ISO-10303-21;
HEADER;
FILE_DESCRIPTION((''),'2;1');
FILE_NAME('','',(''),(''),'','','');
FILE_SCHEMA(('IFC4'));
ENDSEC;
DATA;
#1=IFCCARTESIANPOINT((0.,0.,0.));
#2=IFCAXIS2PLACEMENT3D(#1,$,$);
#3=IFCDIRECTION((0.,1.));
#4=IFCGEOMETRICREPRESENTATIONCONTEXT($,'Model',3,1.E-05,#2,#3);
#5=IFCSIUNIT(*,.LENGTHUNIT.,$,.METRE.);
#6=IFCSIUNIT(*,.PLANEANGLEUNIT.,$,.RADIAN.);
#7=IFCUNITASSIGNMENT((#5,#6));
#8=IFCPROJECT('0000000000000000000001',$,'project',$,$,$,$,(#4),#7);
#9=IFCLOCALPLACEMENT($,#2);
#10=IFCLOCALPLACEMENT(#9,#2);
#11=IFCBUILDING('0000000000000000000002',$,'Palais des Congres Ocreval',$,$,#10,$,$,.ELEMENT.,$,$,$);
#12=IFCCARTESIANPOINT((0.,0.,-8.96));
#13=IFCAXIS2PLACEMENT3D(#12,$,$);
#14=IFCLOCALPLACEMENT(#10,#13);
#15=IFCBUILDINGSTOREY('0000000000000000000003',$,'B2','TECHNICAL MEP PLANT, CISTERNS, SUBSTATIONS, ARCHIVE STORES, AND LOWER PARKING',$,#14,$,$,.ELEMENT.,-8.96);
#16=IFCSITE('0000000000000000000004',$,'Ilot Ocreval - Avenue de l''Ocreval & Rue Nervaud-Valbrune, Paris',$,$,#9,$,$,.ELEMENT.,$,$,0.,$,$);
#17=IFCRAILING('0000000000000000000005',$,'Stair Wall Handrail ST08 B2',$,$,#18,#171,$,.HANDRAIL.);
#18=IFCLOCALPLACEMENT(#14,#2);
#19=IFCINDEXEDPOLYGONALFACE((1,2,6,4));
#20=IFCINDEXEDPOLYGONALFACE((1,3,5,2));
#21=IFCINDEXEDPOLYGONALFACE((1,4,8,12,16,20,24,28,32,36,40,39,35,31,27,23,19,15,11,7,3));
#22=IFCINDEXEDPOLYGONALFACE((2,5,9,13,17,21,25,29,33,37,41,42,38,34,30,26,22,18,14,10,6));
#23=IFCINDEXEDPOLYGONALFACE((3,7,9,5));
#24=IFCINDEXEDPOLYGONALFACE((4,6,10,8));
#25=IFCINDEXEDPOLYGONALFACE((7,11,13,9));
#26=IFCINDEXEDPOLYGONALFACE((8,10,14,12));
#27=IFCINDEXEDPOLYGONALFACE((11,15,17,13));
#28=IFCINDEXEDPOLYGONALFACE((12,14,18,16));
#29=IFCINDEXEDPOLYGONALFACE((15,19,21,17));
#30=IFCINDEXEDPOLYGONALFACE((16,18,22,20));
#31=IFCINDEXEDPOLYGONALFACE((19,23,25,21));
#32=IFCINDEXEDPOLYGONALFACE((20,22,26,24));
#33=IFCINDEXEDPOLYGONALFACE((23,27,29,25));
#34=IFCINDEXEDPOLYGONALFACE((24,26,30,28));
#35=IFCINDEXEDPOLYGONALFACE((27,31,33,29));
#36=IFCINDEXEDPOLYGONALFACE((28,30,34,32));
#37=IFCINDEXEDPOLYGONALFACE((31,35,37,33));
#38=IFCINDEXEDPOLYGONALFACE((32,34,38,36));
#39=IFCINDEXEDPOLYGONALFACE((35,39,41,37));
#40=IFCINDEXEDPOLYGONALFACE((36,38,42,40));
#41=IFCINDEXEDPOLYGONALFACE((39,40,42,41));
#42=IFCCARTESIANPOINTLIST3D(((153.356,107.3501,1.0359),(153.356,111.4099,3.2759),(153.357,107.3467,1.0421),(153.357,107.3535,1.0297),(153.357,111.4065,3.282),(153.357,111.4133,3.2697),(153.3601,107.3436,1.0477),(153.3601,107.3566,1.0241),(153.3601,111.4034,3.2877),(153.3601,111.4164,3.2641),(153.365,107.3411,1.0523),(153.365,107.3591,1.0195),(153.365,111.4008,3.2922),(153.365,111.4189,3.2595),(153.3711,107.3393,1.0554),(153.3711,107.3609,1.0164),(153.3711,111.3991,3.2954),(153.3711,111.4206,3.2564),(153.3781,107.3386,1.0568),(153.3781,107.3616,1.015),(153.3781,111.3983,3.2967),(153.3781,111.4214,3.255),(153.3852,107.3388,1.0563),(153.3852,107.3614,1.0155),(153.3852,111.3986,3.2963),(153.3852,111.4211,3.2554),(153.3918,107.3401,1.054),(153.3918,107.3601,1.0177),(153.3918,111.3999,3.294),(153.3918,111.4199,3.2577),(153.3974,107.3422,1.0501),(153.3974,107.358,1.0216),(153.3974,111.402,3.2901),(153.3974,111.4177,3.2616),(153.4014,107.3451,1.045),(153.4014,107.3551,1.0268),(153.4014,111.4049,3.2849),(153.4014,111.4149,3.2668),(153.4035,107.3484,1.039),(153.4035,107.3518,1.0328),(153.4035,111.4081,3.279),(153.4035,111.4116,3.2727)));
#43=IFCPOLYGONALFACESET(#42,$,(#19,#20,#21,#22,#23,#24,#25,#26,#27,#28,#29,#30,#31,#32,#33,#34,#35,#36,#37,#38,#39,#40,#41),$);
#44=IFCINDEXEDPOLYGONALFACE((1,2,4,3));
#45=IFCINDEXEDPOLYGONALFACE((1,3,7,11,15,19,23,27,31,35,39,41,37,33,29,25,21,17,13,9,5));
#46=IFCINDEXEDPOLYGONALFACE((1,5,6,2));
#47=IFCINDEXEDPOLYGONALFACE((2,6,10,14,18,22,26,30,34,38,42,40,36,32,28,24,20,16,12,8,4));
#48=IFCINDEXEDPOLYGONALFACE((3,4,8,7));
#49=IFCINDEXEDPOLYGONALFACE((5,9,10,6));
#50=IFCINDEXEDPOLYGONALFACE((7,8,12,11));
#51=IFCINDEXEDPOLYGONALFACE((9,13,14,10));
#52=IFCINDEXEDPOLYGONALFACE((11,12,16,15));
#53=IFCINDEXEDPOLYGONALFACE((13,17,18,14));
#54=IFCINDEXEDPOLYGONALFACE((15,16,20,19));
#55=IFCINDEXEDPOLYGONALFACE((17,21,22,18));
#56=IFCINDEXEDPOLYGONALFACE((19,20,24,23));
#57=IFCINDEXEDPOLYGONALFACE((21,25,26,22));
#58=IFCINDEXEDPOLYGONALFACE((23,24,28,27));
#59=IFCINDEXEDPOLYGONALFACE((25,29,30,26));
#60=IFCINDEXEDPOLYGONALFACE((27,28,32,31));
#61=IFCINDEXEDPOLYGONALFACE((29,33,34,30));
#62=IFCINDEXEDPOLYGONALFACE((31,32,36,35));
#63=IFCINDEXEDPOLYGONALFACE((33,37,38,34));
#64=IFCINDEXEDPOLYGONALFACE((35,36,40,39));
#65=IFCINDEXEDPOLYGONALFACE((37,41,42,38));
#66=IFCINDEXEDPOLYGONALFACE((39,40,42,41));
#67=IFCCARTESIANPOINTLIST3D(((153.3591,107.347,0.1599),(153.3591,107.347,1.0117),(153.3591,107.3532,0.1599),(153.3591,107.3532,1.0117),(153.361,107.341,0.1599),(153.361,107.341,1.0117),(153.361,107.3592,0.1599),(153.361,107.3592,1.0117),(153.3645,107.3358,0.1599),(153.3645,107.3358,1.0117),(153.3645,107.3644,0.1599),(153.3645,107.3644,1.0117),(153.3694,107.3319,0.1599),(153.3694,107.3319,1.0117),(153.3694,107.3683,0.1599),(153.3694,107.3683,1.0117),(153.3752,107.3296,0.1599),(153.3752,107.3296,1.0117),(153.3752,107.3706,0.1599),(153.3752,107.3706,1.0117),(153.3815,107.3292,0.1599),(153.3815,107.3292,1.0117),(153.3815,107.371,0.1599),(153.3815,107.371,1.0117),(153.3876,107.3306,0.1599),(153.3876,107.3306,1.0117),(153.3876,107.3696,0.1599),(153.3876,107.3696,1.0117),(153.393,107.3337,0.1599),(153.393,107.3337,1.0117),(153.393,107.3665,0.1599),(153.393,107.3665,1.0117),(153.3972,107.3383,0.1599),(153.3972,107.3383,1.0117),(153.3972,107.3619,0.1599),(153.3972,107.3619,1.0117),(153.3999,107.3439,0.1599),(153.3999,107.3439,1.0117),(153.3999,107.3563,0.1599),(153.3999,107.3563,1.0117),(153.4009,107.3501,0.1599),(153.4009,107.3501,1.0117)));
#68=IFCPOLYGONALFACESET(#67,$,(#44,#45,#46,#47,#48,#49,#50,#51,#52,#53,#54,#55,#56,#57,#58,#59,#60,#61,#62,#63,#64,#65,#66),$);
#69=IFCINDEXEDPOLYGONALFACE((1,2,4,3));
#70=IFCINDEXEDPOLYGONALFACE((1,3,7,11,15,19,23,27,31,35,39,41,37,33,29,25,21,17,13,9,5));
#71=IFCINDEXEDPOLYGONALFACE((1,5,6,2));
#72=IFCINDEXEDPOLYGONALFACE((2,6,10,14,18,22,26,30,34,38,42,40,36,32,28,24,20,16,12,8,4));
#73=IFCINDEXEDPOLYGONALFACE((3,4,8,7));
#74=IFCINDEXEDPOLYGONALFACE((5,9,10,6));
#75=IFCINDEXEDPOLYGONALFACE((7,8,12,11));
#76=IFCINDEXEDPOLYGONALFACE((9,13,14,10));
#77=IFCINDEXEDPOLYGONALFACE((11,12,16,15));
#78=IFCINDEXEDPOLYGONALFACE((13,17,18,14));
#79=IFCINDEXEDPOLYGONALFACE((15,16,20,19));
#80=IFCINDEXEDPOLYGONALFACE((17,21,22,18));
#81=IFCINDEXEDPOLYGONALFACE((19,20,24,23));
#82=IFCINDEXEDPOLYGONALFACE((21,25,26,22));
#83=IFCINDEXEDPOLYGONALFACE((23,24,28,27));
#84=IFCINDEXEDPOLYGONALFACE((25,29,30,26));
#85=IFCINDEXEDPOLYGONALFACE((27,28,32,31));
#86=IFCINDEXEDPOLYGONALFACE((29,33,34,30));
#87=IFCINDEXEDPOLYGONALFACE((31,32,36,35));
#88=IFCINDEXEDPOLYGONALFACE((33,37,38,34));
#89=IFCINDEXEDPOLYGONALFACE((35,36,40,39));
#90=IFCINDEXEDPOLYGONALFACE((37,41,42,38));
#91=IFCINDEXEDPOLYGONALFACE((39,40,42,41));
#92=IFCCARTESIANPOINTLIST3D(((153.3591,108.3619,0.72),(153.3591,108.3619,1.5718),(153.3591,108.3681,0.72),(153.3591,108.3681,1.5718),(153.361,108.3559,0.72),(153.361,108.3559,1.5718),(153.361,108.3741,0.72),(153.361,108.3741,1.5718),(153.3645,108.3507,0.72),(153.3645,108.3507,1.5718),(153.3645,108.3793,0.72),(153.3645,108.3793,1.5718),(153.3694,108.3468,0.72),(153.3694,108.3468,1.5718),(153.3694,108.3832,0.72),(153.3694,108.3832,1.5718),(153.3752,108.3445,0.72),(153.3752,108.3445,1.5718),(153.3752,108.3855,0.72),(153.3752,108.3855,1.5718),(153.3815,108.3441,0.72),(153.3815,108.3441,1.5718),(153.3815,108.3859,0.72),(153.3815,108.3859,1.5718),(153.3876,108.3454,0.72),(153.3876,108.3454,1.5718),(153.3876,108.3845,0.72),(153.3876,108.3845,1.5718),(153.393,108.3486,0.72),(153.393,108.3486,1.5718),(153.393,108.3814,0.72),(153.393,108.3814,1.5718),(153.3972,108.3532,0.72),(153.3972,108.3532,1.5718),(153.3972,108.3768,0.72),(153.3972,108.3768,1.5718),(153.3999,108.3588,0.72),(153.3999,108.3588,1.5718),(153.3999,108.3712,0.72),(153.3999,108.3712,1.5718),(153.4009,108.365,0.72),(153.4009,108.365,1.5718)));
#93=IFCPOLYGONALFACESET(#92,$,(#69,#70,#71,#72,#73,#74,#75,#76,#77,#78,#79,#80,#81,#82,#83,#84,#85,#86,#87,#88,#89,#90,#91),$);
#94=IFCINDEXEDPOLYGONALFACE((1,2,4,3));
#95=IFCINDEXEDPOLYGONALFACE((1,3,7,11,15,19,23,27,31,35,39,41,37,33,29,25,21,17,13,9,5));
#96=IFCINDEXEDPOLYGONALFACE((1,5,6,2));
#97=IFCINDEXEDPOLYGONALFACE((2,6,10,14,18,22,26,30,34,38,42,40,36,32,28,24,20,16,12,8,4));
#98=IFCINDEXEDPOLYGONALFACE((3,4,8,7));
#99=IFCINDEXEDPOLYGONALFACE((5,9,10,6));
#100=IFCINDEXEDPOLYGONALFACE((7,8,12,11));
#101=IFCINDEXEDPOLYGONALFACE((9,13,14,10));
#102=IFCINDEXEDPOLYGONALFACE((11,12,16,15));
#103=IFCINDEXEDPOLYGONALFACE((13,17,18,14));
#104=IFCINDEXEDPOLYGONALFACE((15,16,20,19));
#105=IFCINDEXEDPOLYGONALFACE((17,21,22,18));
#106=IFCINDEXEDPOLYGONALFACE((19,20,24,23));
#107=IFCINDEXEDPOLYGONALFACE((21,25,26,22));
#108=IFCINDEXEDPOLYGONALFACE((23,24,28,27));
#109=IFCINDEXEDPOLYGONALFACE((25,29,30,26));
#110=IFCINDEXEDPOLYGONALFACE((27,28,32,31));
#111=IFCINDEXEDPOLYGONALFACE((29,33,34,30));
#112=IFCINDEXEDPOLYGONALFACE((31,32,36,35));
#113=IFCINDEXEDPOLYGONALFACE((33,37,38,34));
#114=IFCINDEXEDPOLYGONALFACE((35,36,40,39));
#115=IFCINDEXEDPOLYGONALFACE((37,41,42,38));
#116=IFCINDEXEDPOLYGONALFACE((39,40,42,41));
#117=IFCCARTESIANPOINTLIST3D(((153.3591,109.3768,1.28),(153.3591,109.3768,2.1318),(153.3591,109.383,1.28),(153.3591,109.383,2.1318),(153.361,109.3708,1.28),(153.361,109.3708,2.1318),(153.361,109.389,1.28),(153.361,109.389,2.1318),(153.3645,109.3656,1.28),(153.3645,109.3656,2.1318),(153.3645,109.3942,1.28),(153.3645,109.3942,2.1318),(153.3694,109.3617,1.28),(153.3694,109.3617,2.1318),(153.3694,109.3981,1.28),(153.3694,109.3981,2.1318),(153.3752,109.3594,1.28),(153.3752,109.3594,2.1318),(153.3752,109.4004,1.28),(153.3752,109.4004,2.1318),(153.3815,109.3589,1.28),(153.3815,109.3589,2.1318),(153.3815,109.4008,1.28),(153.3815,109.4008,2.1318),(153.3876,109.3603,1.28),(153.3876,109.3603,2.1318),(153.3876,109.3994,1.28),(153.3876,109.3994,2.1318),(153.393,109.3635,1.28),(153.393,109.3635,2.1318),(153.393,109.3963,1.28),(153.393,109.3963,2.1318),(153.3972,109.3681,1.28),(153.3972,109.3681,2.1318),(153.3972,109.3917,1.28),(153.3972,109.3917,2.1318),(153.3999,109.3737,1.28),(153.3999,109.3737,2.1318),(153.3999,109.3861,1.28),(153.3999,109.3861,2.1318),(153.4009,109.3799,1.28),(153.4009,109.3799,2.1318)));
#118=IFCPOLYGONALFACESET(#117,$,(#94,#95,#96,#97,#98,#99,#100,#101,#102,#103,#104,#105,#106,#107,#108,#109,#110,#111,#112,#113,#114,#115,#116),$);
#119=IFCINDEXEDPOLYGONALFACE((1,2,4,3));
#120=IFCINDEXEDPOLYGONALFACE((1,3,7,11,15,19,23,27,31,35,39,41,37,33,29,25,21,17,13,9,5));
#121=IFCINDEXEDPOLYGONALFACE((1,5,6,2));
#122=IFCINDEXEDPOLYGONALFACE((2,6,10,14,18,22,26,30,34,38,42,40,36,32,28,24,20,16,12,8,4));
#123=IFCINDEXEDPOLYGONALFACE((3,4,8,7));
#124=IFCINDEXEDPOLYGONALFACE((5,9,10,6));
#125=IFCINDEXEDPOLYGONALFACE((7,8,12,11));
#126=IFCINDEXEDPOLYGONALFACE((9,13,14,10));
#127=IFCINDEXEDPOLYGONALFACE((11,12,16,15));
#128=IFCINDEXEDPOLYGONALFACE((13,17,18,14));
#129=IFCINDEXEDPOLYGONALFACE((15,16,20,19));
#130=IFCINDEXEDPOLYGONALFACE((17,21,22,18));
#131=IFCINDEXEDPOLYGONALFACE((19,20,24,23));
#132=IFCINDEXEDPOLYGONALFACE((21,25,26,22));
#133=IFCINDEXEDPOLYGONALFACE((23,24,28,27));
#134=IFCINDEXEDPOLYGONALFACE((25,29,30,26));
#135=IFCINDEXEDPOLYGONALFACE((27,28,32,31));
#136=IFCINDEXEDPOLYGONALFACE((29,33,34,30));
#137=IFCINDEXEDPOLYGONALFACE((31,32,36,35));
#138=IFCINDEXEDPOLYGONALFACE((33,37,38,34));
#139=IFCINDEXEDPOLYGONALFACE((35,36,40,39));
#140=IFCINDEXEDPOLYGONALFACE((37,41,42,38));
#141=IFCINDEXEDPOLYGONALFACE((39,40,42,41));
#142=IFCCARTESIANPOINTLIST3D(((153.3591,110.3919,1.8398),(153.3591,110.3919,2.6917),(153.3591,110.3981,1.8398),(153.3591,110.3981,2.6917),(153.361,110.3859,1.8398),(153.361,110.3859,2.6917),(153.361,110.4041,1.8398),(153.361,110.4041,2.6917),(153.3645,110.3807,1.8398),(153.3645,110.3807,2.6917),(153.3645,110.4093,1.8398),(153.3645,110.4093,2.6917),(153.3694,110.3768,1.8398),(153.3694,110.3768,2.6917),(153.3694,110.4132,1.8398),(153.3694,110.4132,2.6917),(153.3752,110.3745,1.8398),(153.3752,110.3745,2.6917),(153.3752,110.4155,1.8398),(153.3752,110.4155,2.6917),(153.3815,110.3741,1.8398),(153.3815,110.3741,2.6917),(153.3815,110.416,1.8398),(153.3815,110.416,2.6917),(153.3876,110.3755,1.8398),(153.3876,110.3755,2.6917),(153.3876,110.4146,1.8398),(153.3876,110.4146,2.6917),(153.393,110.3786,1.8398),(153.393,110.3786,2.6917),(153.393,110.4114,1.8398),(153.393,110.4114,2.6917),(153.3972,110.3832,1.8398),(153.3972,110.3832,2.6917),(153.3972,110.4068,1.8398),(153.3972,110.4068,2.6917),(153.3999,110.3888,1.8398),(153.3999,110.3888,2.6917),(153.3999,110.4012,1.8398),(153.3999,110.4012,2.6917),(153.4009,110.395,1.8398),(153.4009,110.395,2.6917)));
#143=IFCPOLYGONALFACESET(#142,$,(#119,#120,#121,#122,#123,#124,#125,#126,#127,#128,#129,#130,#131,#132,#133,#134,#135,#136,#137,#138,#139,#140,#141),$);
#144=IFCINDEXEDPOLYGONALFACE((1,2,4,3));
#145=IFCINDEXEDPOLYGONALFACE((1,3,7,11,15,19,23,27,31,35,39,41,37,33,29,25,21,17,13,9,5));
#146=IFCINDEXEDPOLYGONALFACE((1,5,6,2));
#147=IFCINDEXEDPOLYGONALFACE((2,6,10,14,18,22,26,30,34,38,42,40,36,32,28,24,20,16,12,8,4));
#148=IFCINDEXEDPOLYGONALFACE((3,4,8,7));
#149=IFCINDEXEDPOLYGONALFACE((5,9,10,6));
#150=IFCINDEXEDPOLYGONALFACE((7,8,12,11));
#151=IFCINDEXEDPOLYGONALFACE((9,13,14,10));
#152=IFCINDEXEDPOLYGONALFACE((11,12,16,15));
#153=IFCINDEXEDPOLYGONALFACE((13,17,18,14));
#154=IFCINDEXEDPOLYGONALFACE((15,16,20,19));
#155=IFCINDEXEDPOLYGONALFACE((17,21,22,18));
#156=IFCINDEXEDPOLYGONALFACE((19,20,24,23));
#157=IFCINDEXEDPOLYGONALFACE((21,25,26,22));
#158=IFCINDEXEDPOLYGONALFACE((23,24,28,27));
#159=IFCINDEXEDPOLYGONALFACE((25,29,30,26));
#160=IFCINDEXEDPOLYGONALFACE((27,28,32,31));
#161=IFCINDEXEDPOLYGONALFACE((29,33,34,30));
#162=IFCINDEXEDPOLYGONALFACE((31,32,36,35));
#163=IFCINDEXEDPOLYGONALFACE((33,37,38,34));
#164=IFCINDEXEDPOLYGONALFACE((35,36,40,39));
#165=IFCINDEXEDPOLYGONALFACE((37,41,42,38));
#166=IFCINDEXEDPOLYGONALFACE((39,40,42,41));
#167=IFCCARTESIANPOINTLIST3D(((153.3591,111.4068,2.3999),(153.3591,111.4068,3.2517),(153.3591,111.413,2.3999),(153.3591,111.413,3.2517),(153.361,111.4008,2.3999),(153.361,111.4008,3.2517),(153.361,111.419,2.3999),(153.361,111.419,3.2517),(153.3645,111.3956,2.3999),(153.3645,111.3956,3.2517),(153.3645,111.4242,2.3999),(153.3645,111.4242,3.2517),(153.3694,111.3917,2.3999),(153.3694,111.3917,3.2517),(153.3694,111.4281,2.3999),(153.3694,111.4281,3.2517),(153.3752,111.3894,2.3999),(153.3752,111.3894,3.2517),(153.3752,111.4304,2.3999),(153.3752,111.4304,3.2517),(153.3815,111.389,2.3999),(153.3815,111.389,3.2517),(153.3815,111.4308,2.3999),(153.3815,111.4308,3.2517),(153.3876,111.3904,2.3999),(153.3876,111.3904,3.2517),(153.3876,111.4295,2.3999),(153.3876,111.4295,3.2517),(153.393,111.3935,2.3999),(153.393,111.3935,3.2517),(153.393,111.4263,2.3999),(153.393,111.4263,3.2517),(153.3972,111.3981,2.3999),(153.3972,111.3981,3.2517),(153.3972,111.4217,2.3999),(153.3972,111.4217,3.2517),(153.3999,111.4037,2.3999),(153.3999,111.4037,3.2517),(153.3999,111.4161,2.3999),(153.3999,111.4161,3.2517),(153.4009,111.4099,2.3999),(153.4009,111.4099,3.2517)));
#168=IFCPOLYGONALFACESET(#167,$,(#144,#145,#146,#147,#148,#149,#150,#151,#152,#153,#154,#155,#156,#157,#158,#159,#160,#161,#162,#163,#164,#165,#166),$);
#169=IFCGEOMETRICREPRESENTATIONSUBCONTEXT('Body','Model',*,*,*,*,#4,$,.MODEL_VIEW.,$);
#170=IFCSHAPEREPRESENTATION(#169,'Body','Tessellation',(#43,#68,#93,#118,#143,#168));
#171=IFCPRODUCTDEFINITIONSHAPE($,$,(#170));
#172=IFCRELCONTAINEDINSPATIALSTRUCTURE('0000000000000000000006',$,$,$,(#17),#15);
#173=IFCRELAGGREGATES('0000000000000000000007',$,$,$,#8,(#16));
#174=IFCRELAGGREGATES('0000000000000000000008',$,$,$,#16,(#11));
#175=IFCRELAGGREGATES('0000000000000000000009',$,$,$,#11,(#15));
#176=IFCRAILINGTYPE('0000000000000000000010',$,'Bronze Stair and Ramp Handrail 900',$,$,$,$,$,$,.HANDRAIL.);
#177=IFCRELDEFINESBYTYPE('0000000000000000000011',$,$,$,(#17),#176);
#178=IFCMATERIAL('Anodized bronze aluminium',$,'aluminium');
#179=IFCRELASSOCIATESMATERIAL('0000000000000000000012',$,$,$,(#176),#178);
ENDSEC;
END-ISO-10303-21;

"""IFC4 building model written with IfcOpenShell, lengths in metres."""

from ifc_helpers import new_model, si_unit, direction, frame, origin, origin_2d, place, context, subcontext, project, spatial, circle, extrude, material, type_object, element, save


model = new_model("IFC4")

# Units and contexts
model_context = context("Model", 3, precision=1e-05, world=origin(), true_north=direction((0.0, 1.0)))
body_context = subcontext(model_context, "Body", "Model", "MODEL_VIEW")
ifc_project = project(units=[si_unit("LENGTHUNIT", "METRE"), si_unit("PLANEANGLEUNIT", "RADIAN")], contexts=[model_context])

# Site, building, storey
site_placement = place(None, origin())
site = spatial("IfcSite", under=ifc_project, at=site_placement, Name="Ilot Ocreval - Avenue de l'Ocreval & Rue Nervaud-Valbrune, Paris", CompositionType="ELEMENT", RefElevation=0.0)
building_placement = place(site_placement, origin())
building = spatial("IfcBuilding", under=site, at=building_placement, Name="Palais des Congres Ocreval", CompositionType="ELEMENT")
storey_placement = place(building_placement, frame((0.0, 0.0, -8.96)))
storey = spatial("IfcBuildingStorey", under=building, at=storey_placement, Name="B2", Description="TECHNICAL MEP PLANT, CISTERNS, SUBSTATIONS, ARCHIVE STORES, AND LOWER PARKING", CompositionType="ELEMENT", Elevation=-8.96)

# Railing
ifc_material_1 = material(Name="Anodized bronze aluminium", Category="aluminium")
railing_type_1 = type_object("IfcRailingType", Name="Bronze Stair and Ramp Handrail 900", PredefinedType="HANDRAIL", material=ifc_material_1)
railing_1_placement = place(storey_placement, frame((153.3799, 107.3501, 0.1599)))
element("IfcRailing", 1, at=railing_1_placement, inside=storey, type_object=railing_type_1, Name="Stair Wall Handrail ST08 B2", PredefinedType="HANDRAIL", context=body_context, shape_type="SweptSolid", body=[
    extrude(circle(Radius=0.0239, at=origin_2d()), frame((0.0, 0.0, 0.876), z_axis=(0.0, 0.875569, 0.483093), x_axis=(-1.0, 0.0, 0.0)), (0.0, 0.0, 1.0), 4.6367),
    extrude(circle(Radius=0.021, at=origin_2d()), origin(), (0.0, 0.0, 1.0), 0.8518),
    extrude(circle(Radius=0.021, at=origin_2d()), frame((0.0, 1.0149, 0.5601)), (0.0, 0.0, 1.0), 0.8518),
    extrude(circle(Radius=0.021, at=origin_2d()), frame((0.0, 2.0298, 1.1201)), (0.0, 0.0, 1.0), 0.8518),
    extrude(circle(Radius=0.021, at=origin_2d()), frame((0.0, 3.0449, 1.6799)), (0.0, 0.0, 1.0), 0.8518),
    extrude(circle(Radius=0.021, at=origin_2d()), frame((0.0, 4.0598, 2.24)), (0.0, 0.0, 1.0), 0.8518),
])

save(model, "model.ifc")
